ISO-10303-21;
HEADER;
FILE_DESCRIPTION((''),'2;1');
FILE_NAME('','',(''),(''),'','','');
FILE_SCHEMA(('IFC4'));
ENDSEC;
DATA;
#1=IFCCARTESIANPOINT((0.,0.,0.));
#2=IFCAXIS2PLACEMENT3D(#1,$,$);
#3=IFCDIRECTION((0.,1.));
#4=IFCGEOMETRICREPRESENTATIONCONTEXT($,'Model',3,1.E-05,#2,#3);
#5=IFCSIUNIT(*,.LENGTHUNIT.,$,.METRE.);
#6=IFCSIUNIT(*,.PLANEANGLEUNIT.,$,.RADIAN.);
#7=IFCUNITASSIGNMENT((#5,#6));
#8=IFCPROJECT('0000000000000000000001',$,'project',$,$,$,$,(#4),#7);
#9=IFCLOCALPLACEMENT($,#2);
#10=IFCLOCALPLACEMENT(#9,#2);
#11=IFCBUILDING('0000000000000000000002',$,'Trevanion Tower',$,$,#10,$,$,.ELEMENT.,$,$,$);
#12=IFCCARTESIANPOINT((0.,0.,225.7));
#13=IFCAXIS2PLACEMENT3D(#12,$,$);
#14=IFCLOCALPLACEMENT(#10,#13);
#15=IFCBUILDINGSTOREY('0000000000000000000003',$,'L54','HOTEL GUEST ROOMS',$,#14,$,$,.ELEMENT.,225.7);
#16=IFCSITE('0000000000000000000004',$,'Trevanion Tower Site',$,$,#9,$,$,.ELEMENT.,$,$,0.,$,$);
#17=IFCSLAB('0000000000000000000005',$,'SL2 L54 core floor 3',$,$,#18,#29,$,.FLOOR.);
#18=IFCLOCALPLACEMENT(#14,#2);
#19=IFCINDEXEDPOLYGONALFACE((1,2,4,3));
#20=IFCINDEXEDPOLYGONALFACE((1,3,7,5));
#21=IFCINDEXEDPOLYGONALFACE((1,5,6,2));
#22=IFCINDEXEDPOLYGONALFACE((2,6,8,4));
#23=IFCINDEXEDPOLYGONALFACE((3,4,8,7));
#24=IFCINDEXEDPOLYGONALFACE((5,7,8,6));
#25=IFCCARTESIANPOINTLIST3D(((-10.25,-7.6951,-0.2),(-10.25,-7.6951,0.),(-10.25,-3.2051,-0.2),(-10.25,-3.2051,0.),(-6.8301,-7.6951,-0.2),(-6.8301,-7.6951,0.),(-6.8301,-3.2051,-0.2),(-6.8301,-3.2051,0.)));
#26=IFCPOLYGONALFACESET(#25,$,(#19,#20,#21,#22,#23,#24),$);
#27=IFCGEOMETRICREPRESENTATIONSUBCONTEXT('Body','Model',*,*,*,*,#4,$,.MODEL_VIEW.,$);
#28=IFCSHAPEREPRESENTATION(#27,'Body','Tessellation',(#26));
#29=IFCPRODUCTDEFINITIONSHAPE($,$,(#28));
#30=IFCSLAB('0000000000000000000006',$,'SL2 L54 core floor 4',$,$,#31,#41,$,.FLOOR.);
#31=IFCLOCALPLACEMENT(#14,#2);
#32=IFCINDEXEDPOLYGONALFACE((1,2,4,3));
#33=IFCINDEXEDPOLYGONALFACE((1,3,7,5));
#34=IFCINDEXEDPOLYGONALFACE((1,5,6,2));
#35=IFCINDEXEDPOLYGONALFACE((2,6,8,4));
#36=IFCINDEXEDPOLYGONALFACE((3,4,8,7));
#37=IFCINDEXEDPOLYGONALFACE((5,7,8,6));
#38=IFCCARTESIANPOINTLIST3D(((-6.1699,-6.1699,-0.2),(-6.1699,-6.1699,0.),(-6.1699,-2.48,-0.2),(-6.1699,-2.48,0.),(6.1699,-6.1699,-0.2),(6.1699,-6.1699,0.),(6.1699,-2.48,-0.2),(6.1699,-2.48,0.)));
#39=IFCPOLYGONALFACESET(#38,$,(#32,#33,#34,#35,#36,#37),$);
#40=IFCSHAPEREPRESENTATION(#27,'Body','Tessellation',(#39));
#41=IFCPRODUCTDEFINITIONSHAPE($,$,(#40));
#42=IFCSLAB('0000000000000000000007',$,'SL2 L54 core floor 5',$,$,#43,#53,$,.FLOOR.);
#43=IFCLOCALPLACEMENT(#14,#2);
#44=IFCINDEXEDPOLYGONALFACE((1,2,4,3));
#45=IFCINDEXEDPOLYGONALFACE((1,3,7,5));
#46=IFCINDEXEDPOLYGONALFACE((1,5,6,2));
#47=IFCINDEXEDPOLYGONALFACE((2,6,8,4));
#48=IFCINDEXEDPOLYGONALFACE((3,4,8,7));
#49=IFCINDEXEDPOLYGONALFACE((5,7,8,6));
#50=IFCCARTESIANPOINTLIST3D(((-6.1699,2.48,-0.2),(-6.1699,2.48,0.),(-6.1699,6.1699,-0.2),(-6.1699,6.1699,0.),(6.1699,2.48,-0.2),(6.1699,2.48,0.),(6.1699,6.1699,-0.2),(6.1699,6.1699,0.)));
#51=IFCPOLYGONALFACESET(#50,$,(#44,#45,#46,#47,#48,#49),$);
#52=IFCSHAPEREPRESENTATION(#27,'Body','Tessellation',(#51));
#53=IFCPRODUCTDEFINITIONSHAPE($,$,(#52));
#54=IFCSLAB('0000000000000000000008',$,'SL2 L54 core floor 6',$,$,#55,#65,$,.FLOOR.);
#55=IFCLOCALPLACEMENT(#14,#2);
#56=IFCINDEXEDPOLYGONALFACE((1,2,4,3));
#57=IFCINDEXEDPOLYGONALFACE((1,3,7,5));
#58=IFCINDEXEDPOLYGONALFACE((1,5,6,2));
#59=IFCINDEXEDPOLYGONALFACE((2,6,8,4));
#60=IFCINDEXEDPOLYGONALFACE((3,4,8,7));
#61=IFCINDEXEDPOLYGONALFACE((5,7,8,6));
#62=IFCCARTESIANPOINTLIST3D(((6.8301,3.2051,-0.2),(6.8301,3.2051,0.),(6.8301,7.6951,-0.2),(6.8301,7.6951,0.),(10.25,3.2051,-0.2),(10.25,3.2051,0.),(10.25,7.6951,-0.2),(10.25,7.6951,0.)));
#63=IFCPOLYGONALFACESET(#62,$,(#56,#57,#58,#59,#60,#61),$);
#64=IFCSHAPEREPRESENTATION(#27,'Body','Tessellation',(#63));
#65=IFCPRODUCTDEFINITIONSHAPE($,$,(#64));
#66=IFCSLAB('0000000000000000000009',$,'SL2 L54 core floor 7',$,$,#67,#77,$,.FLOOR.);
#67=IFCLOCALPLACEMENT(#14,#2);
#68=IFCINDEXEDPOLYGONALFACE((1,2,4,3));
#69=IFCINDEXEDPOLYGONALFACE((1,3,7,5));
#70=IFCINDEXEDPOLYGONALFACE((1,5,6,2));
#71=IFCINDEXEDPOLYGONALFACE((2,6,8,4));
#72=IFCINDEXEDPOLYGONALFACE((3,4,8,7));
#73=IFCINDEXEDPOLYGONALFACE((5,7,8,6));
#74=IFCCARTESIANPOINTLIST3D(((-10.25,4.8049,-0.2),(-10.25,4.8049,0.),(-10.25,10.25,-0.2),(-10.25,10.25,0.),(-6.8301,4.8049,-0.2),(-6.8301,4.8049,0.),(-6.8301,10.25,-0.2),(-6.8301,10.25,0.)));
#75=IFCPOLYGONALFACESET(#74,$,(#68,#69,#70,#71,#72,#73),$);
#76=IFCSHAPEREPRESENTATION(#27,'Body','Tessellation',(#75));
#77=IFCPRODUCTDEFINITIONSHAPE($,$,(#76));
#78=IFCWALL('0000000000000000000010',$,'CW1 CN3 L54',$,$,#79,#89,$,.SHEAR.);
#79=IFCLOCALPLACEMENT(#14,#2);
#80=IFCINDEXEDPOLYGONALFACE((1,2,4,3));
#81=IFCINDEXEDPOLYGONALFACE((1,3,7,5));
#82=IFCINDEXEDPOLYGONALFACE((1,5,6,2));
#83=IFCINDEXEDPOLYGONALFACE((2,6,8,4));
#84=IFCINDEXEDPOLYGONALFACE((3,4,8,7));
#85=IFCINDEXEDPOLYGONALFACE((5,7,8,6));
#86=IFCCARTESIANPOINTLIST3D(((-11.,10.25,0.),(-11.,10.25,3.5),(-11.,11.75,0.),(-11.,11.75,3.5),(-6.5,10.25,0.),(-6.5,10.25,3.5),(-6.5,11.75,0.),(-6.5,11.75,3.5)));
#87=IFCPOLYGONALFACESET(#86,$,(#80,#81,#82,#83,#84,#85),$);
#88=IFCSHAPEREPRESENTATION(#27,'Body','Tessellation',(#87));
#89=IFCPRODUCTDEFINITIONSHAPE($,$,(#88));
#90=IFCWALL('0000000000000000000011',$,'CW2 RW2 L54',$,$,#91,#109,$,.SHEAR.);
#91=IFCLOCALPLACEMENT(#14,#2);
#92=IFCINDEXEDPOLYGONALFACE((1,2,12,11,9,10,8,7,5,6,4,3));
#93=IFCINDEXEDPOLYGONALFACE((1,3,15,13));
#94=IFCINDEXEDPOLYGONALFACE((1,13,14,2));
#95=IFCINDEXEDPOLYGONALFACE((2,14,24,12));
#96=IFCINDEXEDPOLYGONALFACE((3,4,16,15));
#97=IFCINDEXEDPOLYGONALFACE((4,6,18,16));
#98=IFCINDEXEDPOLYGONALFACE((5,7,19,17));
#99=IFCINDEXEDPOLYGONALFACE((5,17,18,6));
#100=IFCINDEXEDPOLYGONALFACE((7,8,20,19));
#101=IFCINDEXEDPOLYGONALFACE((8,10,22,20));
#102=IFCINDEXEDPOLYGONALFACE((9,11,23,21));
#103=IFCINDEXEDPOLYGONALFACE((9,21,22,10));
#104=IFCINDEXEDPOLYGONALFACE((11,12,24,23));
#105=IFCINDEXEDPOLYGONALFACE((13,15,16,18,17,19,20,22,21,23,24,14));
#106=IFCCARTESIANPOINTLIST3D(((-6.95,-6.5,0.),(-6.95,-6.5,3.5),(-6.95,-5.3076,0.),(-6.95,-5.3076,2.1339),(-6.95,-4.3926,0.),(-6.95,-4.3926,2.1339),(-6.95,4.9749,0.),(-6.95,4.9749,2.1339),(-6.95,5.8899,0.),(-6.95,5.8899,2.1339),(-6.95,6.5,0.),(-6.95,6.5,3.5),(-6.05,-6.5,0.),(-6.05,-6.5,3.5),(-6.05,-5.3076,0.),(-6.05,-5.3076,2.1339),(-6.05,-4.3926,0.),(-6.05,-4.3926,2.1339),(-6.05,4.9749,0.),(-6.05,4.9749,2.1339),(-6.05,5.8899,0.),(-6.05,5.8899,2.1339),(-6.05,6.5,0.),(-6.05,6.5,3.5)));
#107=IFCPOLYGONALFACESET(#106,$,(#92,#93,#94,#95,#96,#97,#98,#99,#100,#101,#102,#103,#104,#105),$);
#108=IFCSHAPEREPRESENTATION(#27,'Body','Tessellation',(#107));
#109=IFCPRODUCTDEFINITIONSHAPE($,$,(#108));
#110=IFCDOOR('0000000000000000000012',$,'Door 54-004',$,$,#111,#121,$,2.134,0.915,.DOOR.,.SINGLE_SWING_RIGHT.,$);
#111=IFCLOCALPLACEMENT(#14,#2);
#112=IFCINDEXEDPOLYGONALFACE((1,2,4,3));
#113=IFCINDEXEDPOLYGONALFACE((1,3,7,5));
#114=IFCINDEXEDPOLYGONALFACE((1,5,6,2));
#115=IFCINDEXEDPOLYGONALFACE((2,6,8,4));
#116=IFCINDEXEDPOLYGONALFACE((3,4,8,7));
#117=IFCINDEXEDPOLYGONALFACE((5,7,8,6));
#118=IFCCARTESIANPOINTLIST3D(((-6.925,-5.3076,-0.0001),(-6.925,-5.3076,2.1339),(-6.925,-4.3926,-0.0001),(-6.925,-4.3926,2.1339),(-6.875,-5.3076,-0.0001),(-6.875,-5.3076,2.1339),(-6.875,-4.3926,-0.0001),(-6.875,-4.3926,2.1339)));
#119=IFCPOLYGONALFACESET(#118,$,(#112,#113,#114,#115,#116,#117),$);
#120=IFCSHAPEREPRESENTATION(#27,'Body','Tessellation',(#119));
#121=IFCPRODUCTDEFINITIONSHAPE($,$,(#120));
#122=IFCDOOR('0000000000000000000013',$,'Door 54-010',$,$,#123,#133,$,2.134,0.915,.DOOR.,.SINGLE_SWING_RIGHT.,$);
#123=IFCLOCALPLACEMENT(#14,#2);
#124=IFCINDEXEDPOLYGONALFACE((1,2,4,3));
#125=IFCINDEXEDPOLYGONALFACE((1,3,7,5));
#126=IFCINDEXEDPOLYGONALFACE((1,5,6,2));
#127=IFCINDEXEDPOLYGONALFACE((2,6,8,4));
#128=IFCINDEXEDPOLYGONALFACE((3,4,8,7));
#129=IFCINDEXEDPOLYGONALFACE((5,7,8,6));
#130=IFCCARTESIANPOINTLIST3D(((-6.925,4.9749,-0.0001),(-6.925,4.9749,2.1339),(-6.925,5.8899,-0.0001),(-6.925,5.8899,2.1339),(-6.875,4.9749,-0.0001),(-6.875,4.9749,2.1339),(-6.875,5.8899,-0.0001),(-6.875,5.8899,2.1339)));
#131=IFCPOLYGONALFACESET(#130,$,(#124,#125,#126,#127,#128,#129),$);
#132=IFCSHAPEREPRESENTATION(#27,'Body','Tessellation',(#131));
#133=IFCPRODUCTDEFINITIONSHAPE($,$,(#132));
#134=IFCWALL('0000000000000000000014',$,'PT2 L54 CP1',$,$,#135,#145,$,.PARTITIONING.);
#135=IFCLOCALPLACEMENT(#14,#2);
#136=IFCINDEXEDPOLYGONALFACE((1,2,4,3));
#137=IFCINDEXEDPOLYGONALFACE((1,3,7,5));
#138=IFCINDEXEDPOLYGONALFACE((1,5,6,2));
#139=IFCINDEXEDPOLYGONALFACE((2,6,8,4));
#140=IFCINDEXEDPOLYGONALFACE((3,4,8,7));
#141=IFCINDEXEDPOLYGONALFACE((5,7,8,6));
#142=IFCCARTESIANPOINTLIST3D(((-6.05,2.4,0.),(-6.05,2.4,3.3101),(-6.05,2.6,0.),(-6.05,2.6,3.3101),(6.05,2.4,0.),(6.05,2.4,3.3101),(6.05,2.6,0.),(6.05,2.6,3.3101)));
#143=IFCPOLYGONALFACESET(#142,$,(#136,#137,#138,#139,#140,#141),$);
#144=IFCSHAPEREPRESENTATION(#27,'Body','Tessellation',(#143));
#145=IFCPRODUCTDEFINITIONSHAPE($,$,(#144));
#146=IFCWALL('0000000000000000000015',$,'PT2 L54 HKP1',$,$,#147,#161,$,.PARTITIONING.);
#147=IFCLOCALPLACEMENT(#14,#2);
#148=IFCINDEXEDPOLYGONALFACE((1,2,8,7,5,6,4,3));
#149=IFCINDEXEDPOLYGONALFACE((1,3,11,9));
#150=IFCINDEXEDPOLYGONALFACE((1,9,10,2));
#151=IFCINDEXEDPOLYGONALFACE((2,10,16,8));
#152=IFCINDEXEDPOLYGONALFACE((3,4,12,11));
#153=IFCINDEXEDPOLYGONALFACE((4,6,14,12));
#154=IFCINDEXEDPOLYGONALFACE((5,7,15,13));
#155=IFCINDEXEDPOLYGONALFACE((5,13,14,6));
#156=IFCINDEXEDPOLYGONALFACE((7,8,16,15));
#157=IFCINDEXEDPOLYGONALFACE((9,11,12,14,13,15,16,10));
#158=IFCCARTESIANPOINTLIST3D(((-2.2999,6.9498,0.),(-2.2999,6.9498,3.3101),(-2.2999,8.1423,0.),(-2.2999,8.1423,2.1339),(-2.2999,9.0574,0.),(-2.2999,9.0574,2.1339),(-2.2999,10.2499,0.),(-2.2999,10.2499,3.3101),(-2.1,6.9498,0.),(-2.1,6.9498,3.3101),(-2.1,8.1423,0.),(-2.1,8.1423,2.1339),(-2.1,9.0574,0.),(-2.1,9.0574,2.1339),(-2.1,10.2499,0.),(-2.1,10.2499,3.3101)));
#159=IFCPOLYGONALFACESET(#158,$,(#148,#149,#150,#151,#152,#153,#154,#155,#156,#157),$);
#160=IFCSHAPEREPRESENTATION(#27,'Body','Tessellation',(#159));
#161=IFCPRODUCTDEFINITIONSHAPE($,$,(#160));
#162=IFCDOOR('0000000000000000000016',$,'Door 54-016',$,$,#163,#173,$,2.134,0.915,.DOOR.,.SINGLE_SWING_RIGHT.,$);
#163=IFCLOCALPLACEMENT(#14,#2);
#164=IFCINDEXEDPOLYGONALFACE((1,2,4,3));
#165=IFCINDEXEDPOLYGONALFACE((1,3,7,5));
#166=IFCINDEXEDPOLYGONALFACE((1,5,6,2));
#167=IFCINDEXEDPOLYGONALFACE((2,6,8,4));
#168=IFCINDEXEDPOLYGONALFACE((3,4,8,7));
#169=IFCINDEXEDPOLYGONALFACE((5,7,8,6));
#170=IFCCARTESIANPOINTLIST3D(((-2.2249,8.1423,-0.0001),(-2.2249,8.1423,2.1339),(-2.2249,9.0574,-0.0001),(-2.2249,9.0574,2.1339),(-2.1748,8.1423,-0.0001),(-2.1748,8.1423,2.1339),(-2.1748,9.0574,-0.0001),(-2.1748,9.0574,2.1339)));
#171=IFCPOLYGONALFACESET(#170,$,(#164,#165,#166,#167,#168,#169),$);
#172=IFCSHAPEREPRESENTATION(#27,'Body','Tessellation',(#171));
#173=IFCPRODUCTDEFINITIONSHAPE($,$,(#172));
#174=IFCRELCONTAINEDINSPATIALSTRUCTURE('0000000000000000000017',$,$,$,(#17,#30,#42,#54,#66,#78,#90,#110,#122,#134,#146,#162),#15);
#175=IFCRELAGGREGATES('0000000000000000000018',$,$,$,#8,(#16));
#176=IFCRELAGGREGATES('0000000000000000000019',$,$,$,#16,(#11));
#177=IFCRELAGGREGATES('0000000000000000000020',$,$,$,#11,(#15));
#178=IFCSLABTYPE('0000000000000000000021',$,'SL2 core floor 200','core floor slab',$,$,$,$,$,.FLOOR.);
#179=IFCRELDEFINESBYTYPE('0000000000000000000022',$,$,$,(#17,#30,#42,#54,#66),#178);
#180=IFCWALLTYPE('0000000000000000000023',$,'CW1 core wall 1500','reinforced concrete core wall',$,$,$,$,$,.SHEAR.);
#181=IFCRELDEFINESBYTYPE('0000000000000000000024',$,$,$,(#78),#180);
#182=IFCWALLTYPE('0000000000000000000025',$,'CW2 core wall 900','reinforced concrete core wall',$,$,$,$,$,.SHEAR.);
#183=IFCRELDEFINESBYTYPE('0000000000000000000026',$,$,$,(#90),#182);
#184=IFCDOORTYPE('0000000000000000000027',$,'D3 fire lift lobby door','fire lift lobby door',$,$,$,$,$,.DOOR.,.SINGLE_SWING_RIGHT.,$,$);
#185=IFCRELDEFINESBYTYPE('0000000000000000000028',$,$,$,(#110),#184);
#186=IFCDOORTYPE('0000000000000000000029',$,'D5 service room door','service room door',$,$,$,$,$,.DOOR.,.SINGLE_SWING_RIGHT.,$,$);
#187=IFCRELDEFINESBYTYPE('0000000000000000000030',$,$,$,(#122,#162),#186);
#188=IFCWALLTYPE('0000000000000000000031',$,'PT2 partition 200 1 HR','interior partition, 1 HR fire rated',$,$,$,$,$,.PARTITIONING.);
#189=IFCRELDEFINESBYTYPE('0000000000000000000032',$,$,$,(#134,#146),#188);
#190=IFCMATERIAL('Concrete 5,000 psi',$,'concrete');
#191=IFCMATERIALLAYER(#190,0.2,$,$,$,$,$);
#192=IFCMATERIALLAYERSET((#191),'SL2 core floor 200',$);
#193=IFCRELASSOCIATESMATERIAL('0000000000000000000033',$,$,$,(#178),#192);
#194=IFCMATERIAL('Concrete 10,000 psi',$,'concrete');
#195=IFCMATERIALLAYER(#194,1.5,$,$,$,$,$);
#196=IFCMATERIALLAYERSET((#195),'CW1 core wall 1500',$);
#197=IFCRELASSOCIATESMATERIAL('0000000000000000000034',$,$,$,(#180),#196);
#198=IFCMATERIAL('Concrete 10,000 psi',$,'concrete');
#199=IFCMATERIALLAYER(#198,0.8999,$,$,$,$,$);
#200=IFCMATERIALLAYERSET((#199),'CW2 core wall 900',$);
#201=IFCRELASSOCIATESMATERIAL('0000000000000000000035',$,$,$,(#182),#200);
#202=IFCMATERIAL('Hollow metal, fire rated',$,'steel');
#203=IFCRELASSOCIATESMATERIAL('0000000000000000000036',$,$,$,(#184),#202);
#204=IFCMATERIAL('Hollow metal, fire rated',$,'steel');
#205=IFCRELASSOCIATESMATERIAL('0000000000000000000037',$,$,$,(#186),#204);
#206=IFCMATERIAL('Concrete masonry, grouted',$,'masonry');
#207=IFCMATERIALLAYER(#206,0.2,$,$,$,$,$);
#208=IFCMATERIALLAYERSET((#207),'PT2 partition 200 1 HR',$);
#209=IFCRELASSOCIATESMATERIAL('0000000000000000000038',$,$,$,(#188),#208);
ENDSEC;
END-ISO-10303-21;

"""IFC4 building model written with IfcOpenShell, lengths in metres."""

from ifc_helpers import new_model, si_unit, direction, frame, frame_2d, origin, place, context, subcontext, project, spatial, polyline, rectangle, outline, extrude, material, layer, layer_set, type_object, element, fill, save


model = new_model("IFC4")

# Units and contexts
model_context = context("Model", 3, precision=1e-05, world=origin(), true_north=direction((0.0, 1.0)))
body_context = subcontext(model_context, "Body", "Model", "MODEL_VIEW")
ifc_project = project(units=[si_unit("LENGTHUNIT", "METRE"), si_unit("PLANEANGLEUNIT", "RADIAN")], contexts=[model_context])

# Site, building, storey
site_placement = place(None, origin())
site = spatial("IfcSite", under=ifc_project, at=site_placement, Name="Trevanion Tower Site", CompositionType="ELEMENT", RefElevation=0.0)
building_placement = place(site_placement, origin())
building = spatial("IfcBuilding", under=site, at=building_placement, Name="Trevanion Tower", CompositionType="ELEMENT")
storey_placement = place(building_placement, frame((0.0, 0.0, 225.7)))
storey = spatial("IfcBuildingStorey", under=building, at=storey_placement, Name="L54", Description="HOTEL GUEST ROOMS", CompositionType="ELEMENT", Elevation=225.7)

# Slabs
ifc_material_1 = material(Name="Concrete 5,000 psi", Category="concrete")
ifc_layer_1 = layer(ifc_material_1, 0.2)
ifc_layer_set_1 = layer_set([ifc_layer_1], Name="SL2 core floor 200")
slab_type = type_object("IfcSlabType", Name="SL2 core floor 200", Description="core floor slab", PredefinedType="FLOOR", material=ifc_layer_set_1)
slab_1_placement = place(storey_placement, frame((0.0, 0.0, -0.2)))
element("IfcSlab", 1, at=slab_1_placement, inside=storey, type_object=slab_type, Name="SL2 L54 core floor 3", PredefinedType="FLOOR", context=body_context, shape_type="SweptSolid", body=[
    extrude(outline(polyline([(-6.8301, -3.2051), (-6.8301, -7.6951), (-10.25, -7.6951), (-10.25, -3.2051), (-6.8301, -3.2051)])), origin(), (0.0, 0.0, 1.0), 0.2),
])
slab_2_placement = place(storey_placement, frame((0.0, 0.0, -0.2)))
element("IfcSlab", 2, at=slab_2_placement, inside=storey, type_object=slab_type, Name="SL2 L54 core floor 4", PredefinedType="FLOOR", context=body_context, shape_type="SweptSolid", body=[
    extrude(outline(polyline([(6.1699, -6.1699), (-6.1699, -6.1699), (-6.1699, -2.48), (6.1699, -2.48), (6.1699, -6.1699)])), origin(), (0.0, 0.0, 1.0), 0.2),
])
slab_3_placement = place(storey_placement, frame((0.0, 0.0, -0.2)))
element("IfcSlab", 3, at=slab_3_placement, inside=storey, type_object=slab_type, Name="SL2 L54 core floor 5", PredefinedType="FLOOR", context=body_context, shape_type="SweptSolid", body=[
    extrude(outline(polyline([(6.1699, 2.48), (-6.1699, 2.48), (-6.1699, 6.1699), (6.1699, 6.1699), (6.1699, 2.48)])), origin(), (0.0, 0.0, 1.0), 0.2),
])
slab_4_placement = place(storey_placement, frame((0.0, 0.0, -0.2)))
element("IfcSlab", 4, at=slab_4_placement, inside=storey, type_object=slab_type, Name="SL2 L54 core floor 6", PredefinedType="FLOOR", context=body_context, shape_type="SweptSolid", body=[
    extrude(outline(polyline([(6.8301, 3.2051), (6.8301, 7.6951), (10.25, 7.6951), (10.25, 3.2051), (6.8301, 3.2051)])), origin(), (0.0, 0.0, 1.0), 0.2),
])
slab_5_placement = place(storey_placement, frame((0.0, 0.0, -0.2)))
element("IfcSlab", 5, at=slab_5_placement, inside=storey, type_object=slab_type, Name="SL2 L54 core floor 7", PredefinedType="FLOOR", context=body_context, shape_type="SweptSolid", body=[
    extrude(outline(polyline([(-6.8301, 4.8049), (-10.25, 4.8049), (-10.25, 10.25), (-6.8301, 10.25), (-6.8301, 4.8049)])), origin(), (0.0, 0.0, 1.0), 0.2),
])

# Wall
ifc_material_2 = material(Name="Concrete 10,000 psi", Category="concrete")
ifc_layer_2 = layer(ifc_material_2, 1.5)
ifc_layer_set_2 = layer_set([ifc_layer_2], Name="CW1 core wall 1500")
wall_type_1 = type_object("IfcWallType", Name="CW1 core wall 1500", Description="reinforced concrete core wall", PredefinedType="SHEAR", material=ifc_layer_set_2)
wall_1_placement = place(storey_placement, frame((-6.5, 11.0, 0.0), z_axis=(0.0, 0.0, 1.0), x_axis=(-1.0, 0.0, 0.0)))
element("IfcWall", 6, at=wall_1_placement, inside=storey, type_object=wall_type_1, Name="CW1 CN3 L54", PredefinedType="SHEAR", context=body_context, shape_type="SweptSolid", body=[
    extrude(rectangle(XDim=4.5, YDim=1.5, at=frame_2d((2.25, 0.0))), origin(), (0.0, 0.0, 1.0), 3.5),
])

# Wall, openings, doors
ifc_material_3 = material(Name="Concrete 10,000 psi", Category="concrete")
ifc_layer_3 = layer(ifc_material_3, 0.8999)
ifc_layer_set_3 = layer_set([ifc_layer_3], Name="CW2 core wall 900")
wall_type_2 = type_object("IfcWallType", Name="CW2 core wall 900", Description="reinforced concrete core wall", PredefinedType="SHEAR", material=ifc_layer_set_3)
wall_2_placement = place(storey_placement, frame((-6.5, 6.5, 0.0), z_axis=(0.0, 0.0, 1.0), x_axis=(0.0, -1.0, 0.0)))
wall_2 = element("IfcWall", 7, at=wall_2_placement, inside=storey, type_object=wall_type_2, Name="CW2 RW2 L54", PredefinedType="SHEAR", context=body_context, shape_type="SweptSolid", body=[
    extrude(rectangle(XDim=13.0, YDim=0.8999, at=frame_2d((6.5, 0.0))), origin(), (0.0, 0.0, 1.0), 3.5),
])
opening_1_placement = place(wall_2_placement, frame((10.8926, 0.0, 0.0)))
opening_1 = element("IfcOpeningElement", 8, at=opening_1_placement, cuts=wall_2, PredefinedType="OPENING", context=body_context, shape_type="SweptSolid", body=[
    extrude(rectangle(XDim=0.915, YDim=2.134, at=frame_2d((0.4575, 1.0669))), frame((0.0, 0.46, 0.0), z_axis=(0.0, -1.0, 0.0), x_axis=(1.0, 0.0, 0.0)), (0.0, 0.0, 1.0), 0.9199),
])
opening_2_placement = place(wall_2_placement, frame((0.6101, 0.0, 0.0)))
opening_2 = element("IfcOpeningElement", 9, at=opening_2_placement, cuts=wall_2, PredefinedType="OPENING", context=body_context, shape_type="SweptSolid", body=[
    extrude(rectangle(XDim=0.915, YDim=2.134, at=frame_2d((0.4575, 1.0669))), frame((0.0, 0.46, 0.0), z_axis=(0.0, -1.0, 0.0), x_axis=(1.0, 0.0, 0.0)), (0.0, 0.0, 1.0), 0.9199),
])
ifc_material_4 = material(Name="Hollow metal, fire rated", Category="steel")
door_type_1 = type_object("IfcDoorType", Name="D3 fire lift lobby door", Description="fire lift lobby door", OperationType="SINGLE_SWING_RIGHT", PredefinedType="DOOR", material=ifc_material_4)
door_1_placement = place(opening_1_placement, origin())
door_1 = element("IfcDoor", 10, at=door_1_placement, inside=storey, type_object=door_type_1, Name="Door 54-004", OperationType="SINGLE_SWING_RIGHT", OverallHeight=2.134, OverallWidth=0.915, PredefinedType="DOOR", context=body_context, shape_type="SweptSolid", body=[
    extrude(rectangle(XDim=0.915, YDim=2.134, at=frame_2d((0.4575, 1.0669))), frame((0.0, -0.375, 0.0), z_axis=(0.0, -1.0, 0.0), x_axis=(1.0, 0.0, 0.0)), (0.0, 0.0, 1.0), 0.05),
])
fill(opening_1, door_1)
ifc_material_5 = material(Name="Hollow metal, fire rated", Category="steel")
door_type_2 = type_object("IfcDoorType", Name="D5 service room door", Description="service room door", OperationType="SINGLE_SWING_RIGHT", PredefinedType="DOOR", material=ifc_material_5)
door_2_placement = place(opening_2_placement, origin())
door_2 = element("IfcDoor", 11, at=door_2_placement, inside=storey, type_object=door_type_2, Name="Door 54-010", OperationType="SINGLE_SWING_RIGHT", OverallHeight=2.134, OverallWidth=0.915, PredefinedType="DOOR", context=body_context, shape_type="SweptSolid", body=[
    extrude(rectangle(XDim=0.915, YDim=2.134, at=frame_2d((0.4575, 1.0669))), frame((0.0, -0.375, 0.0), z_axis=(0.0, -1.0, 0.0), x_axis=(1.0, 0.0, 0.0)), (0.0, 0.0, 1.0), 0.05),
])
fill(opening_2, door_2)

# Wall
ifc_material_6 = material(Name="Concrete masonry, grouted", Category="masonry")
ifc_layer_4 = layer(ifc_material_6, 0.2)
ifc_layer_set_4 = layer_set([ifc_layer_4], Name="PT2 partition 200 1 HR")
wall_type_3 = type_object("IfcWallType", Name="PT2 partition 200 1 HR", Description="interior partition, 1 HR fire rated", PredefinedType="PARTITIONING", material=ifc_layer_set_4)
wall_3_placement = place(storey_placement, frame((-6.05, 2.5, 0.0), z_axis=(0.0, 0.0, 1.0), x_axis=(1.0, 0.0, 0.0)))
element("IfcWall", 12, at=wall_3_placement, inside=storey, type_object=wall_type_3, Name="PT2 L54 CP1", PredefinedType="PARTITIONING", context=body_context, shape_type="SweptSolid", body=[
    extrude(rectangle(XDim=12.1001, YDim=0.2, at=frame_2d((6.05, 0.0))), origin(), (0.0, 0.0, 1.0), 3.3101),
])

# Wall, opening, door
wall_4_placement = place(storey_placement, frame((-2.2, 6.95, 0.0), z_axis=(0.0, 0.0, 1.0), x_axis=(0.0, 1.0, 0.0)))
wall_4 = element("IfcWall", 13, at=wall_4_placement, inside=storey, type_object=wall_type_3, Name="PT2 L54 HKP1", PredefinedType="PARTITIONING", context=body_context, shape_type="SweptSolid", body=[
    extrude(rectangle(XDim=3.3, YDim=0.2, at=frame_2d((1.6499, 0.0))), origin(), (0.0, 0.0, 1.0), 3.3101),
])
opening_3_placement = place(wall_4_placement, frame((1.1924, 0.0, 0.0)))
opening_3 = element("IfcOpeningElement", 14, at=opening_3_placement, cuts=wall_4, PredefinedType="OPENING", context=body_context, shape_type="SweptSolid", body=[
    extrude(rectangle(XDim=0.915, YDim=2.134, at=frame_2d((0.4575, 1.0669))), frame((0.0, 0.1099, 0.0), z_axis=(0.0, -1.0, 0.0), x_axis=(1.0, 0.0, 0.0)), (0.0, 0.0, 1.0), 0.22),
])
door_3_placement = place(opening_3_placement, origin())
door_3 = element("IfcDoor", 15, at=door_3_placement, inside=storey, type_object=door_type_2, Name="Door 54-016", OperationType="SINGLE_SWING_RIGHT", OverallHeight=2.134, OverallWidth=0.915, PredefinedType="DOOR", context=body_context, shape_type="SweptSolid", body=[
    extrude(rectangle(XDim=0.915, YDim=2.134, at=frame_2d((0.4575, 1.0669))), frame((0.0, 0.0249, 0.0), z_axis=(0.0, -1.0, 0.0), x_axis=(1.0, 0.0, 0.0)), (0.0, 0.0, 1.0), 0.05),
])
fill(opening_3, door_3)

save(model, "model.ifc")
